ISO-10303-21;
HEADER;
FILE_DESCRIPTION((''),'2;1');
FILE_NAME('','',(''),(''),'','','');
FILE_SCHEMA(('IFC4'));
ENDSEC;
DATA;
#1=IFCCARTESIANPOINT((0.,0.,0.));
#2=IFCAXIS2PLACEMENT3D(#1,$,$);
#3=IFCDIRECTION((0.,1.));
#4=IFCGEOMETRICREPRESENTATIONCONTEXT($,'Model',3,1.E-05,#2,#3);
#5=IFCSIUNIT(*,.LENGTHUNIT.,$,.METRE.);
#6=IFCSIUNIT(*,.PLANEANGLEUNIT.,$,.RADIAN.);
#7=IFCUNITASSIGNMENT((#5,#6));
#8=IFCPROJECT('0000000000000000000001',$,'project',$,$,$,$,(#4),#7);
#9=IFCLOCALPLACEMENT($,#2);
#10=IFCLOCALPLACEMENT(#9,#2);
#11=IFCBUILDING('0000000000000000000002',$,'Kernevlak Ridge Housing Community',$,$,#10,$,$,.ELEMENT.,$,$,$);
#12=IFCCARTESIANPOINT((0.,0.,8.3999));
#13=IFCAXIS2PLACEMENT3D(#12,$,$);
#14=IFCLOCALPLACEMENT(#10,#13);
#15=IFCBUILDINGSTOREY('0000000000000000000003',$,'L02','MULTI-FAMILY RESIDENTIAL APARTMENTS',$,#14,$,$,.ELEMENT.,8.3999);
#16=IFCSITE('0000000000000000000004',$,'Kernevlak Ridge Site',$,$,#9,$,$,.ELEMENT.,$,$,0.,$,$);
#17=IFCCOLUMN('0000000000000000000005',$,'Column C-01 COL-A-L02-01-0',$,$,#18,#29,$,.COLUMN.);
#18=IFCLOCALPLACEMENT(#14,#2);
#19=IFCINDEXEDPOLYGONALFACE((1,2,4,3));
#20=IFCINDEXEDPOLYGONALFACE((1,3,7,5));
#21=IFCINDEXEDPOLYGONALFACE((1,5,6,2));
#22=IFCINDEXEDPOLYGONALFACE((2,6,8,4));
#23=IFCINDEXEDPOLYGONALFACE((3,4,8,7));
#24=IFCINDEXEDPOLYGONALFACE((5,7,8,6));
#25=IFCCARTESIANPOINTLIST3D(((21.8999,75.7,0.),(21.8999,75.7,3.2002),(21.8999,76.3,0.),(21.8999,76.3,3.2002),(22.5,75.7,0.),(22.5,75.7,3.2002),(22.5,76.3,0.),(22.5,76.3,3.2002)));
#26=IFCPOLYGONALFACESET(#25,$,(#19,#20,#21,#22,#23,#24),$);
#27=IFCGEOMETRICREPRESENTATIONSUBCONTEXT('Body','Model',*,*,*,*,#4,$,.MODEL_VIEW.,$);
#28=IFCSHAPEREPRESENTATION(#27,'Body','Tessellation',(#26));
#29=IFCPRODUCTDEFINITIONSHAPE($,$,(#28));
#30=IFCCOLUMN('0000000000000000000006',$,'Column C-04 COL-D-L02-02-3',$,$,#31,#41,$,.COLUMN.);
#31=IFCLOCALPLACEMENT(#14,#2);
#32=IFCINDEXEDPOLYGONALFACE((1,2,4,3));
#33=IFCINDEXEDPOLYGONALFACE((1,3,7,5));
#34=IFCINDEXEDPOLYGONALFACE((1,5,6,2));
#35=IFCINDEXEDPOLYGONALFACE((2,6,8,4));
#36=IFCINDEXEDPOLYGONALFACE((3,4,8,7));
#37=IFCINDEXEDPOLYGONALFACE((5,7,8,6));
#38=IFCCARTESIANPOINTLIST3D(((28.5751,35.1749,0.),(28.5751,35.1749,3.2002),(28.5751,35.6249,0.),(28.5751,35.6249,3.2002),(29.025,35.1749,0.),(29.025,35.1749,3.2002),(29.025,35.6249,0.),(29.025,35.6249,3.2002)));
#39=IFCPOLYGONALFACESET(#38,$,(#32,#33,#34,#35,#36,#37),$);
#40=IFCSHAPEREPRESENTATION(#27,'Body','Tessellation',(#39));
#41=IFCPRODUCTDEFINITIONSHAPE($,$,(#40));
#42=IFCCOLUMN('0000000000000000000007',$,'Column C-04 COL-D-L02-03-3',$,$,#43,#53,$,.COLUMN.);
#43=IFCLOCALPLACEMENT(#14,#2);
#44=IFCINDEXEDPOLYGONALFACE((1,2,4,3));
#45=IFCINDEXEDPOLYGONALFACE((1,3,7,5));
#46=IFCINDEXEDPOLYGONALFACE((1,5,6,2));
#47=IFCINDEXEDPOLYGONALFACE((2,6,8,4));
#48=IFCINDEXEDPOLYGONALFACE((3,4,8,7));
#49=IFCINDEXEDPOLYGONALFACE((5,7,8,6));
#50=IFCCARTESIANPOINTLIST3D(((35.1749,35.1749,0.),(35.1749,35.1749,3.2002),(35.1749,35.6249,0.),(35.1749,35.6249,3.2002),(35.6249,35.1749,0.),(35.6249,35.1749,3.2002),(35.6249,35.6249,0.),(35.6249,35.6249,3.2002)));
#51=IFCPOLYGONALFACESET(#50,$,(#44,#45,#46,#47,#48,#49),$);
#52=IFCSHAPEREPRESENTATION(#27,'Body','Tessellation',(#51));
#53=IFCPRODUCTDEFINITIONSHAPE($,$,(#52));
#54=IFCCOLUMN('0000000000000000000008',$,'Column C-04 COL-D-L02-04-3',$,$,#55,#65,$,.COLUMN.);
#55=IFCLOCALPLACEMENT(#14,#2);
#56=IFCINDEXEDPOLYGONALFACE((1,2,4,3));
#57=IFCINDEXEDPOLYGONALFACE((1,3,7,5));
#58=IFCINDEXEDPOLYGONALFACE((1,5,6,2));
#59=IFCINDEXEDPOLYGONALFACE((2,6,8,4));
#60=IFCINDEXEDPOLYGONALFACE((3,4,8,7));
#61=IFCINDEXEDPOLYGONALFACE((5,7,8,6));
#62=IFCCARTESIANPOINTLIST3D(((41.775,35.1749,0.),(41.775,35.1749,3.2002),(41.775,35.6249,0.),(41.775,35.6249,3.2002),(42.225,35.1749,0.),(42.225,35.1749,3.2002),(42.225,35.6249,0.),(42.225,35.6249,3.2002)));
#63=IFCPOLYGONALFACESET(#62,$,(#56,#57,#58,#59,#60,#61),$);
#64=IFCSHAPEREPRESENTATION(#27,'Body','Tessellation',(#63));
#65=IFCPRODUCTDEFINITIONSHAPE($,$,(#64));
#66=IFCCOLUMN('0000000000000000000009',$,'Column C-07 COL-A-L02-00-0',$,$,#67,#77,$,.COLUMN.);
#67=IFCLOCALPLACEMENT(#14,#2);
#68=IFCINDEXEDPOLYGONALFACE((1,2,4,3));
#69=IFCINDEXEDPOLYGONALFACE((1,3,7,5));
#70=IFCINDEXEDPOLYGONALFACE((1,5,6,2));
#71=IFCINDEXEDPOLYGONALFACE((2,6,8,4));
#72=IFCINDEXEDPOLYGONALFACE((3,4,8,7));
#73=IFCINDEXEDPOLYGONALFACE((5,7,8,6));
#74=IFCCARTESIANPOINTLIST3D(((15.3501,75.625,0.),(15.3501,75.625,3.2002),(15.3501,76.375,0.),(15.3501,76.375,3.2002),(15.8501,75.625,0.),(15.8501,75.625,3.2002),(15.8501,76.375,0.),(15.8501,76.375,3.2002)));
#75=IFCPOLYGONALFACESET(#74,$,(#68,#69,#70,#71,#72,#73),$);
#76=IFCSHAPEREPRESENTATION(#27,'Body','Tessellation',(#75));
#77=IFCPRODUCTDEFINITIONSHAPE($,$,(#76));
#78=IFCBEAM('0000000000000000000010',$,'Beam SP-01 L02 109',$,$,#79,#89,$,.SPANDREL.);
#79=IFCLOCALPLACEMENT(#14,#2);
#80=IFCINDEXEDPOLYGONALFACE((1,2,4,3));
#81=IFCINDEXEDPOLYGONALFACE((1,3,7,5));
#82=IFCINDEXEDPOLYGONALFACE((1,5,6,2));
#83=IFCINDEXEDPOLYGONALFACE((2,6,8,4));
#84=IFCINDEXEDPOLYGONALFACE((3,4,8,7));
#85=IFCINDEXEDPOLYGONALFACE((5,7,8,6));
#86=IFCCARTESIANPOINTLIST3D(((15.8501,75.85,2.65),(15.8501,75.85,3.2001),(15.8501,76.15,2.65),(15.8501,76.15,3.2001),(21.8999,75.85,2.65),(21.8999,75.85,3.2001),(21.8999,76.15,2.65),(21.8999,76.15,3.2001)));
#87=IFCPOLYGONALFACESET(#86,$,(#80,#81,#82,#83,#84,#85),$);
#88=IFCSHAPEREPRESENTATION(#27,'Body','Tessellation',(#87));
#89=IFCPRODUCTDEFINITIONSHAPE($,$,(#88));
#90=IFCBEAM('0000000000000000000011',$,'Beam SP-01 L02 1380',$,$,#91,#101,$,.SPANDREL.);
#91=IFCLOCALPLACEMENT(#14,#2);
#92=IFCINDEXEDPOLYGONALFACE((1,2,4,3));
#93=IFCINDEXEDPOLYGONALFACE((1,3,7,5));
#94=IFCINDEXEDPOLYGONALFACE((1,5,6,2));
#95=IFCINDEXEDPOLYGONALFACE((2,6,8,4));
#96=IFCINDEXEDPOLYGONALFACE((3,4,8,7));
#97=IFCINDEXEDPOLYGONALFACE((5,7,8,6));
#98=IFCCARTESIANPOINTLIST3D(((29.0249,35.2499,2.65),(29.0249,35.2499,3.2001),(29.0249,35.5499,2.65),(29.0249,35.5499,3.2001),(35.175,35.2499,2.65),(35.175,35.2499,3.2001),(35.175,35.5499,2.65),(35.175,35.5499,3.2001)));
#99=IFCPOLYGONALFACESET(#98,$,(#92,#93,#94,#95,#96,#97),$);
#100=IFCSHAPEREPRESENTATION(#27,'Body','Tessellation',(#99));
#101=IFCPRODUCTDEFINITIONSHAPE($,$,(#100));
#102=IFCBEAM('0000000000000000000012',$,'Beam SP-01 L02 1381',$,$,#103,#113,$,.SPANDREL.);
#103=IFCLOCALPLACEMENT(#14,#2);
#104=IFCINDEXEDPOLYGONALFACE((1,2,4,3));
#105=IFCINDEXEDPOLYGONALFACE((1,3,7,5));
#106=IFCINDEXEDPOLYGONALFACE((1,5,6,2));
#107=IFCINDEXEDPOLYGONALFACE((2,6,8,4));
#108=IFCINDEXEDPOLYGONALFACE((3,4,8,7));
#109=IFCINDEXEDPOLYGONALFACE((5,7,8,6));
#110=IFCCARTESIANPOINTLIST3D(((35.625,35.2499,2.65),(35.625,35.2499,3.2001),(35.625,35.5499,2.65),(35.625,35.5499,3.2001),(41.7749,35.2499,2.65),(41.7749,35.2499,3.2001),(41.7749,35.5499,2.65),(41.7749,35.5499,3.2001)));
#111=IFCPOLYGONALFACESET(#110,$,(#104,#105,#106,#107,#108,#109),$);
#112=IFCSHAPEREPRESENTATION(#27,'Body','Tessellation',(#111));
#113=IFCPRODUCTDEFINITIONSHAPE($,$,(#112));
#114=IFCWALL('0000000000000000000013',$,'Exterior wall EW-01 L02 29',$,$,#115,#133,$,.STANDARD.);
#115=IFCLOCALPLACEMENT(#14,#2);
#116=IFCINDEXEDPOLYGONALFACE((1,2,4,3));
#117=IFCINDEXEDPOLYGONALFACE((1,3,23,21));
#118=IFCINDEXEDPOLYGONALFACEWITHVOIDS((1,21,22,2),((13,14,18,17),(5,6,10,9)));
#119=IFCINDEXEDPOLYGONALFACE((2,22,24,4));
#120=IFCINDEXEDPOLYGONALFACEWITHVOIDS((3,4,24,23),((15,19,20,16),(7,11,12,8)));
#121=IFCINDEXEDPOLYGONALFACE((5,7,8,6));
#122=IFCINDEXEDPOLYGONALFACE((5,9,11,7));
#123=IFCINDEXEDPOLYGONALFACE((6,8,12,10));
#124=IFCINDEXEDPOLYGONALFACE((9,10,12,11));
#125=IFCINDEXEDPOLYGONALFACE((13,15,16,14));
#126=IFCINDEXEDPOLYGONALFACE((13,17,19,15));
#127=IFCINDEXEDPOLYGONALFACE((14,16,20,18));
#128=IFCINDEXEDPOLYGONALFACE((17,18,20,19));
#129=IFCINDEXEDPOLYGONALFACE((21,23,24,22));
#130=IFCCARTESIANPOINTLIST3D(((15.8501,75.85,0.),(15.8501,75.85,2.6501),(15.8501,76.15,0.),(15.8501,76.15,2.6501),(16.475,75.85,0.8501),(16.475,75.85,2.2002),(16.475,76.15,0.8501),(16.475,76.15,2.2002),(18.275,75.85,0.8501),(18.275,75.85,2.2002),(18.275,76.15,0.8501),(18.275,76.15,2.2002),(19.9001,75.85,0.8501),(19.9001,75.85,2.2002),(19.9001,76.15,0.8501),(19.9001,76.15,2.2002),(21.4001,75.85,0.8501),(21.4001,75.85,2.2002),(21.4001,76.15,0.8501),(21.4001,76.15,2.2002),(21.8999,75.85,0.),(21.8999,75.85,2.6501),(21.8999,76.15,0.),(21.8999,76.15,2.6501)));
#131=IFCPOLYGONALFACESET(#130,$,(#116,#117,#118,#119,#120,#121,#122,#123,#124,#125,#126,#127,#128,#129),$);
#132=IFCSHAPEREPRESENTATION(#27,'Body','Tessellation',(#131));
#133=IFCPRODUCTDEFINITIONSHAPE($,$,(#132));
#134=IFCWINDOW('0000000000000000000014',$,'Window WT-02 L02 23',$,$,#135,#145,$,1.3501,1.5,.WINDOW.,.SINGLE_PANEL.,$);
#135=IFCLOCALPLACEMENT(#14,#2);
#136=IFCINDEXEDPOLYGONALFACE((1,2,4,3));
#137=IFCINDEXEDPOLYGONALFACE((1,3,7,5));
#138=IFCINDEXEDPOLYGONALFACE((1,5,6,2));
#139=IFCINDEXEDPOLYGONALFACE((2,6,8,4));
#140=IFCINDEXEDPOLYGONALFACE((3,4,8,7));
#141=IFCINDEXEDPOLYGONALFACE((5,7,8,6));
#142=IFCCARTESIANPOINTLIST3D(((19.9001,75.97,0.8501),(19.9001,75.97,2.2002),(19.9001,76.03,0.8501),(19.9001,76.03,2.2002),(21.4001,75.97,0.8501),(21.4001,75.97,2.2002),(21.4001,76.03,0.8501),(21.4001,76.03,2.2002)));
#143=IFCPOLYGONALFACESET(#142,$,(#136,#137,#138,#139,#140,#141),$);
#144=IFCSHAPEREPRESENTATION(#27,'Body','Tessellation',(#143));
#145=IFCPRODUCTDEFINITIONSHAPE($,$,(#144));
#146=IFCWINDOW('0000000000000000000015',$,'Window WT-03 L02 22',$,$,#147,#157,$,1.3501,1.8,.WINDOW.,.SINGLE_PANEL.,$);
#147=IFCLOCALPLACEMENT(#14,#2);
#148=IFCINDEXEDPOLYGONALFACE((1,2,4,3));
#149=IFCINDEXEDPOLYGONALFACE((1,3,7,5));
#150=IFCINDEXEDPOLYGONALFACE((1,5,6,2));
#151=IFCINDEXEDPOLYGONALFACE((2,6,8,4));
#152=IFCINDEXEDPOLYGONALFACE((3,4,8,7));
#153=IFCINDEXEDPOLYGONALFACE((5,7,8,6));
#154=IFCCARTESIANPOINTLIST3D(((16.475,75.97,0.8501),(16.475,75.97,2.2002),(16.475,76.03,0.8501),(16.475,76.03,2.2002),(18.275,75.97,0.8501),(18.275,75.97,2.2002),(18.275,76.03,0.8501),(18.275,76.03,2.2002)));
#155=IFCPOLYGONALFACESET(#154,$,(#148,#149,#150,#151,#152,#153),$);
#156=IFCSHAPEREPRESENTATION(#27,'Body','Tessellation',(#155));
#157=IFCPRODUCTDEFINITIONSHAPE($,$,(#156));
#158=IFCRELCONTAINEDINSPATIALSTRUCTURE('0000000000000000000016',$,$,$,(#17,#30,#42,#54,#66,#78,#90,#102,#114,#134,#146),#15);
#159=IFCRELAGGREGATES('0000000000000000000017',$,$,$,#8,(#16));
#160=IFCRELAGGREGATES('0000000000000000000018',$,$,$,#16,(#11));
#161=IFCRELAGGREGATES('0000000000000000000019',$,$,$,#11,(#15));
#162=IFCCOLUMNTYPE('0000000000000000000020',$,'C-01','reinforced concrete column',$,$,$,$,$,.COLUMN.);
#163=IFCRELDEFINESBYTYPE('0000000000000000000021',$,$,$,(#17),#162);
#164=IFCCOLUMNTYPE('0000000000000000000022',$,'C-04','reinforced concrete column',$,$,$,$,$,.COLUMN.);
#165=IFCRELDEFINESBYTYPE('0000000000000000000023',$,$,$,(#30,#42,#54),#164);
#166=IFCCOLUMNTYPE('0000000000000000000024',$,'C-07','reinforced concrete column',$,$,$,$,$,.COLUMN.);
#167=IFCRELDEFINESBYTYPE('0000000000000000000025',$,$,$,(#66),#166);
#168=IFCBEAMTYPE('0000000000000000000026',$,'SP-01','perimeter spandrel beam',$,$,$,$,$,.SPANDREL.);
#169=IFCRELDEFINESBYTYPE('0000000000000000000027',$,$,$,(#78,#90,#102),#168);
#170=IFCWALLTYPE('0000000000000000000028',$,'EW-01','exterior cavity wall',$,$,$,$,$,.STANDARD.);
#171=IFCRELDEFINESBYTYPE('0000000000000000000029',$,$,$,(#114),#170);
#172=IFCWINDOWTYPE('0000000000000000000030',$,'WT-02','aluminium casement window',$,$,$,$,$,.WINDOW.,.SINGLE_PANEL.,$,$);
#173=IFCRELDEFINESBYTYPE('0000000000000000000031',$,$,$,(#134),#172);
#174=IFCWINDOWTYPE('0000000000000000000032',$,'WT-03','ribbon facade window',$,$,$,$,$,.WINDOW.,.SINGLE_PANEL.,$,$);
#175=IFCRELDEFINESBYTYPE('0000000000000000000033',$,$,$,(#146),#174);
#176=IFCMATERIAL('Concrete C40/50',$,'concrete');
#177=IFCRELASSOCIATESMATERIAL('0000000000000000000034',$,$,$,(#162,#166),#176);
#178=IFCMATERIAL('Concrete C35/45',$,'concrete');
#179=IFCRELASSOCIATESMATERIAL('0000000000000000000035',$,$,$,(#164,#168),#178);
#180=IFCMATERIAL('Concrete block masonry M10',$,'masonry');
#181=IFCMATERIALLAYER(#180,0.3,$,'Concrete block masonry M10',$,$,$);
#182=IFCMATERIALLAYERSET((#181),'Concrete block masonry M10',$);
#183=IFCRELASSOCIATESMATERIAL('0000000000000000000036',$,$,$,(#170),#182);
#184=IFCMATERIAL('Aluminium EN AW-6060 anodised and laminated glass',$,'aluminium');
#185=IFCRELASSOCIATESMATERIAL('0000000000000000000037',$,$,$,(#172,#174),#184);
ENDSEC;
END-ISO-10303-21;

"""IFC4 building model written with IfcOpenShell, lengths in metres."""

from ifc_helpers import new_model, si_unit, direction, frame, frame_2d, origin, origin_2d, place, context, subcontext, project, spatial, rectangle, extrude, material, layer, layer_set, material_profile, profile_set, type_object, element, fill, save


model = new_model("IFC4")

# Units and contexts
model_context = context("Model", 3, precision=1e-05, world=origin(), true_north=direction((0.0, 1.0)))
body_context = subcontext(model_context, "Body", "Model", "MODEL_VIEW")
ifc_project = project(units=[si_unit("LENGTHUNIT", "METRE"), si_unit("PLANEANGLEUNIT", "RADIAN")], contexts=[model_context])

# Site, building, storey
site_placement = place(None, origin())
site = spatial("IfcSite", under=ifc_project, at=site_placement, Name="Kernevlak Ridge Site", CompositionType="ELEMENT", RefElevation=0.0)
building_placement = place(site_placement, origin())
building = spatial("IfcBuilding", under=site, at=building_placement, Name="Kernevlak Ridge Housing Community", CompositionType="ELEMENT")
storey_placement = place(building_placement, frame((0.0, 0.0, 8.3999)))
storey = spatial("IfcBuildingStorey", under=building, at=storey_placement, Name="L02", Description="MULTI-FAMILY RESIDENTIAL APARTMENTS", CompositionType="ELEMENT", Elevation=8.3999)

# Columns
ifc_material_1 = material(Name="Concrete C40/50", Category="concrete")
ifc_material_profile_1 = material_profile(ifc_material_1, rectangle(XDim=0.6001, YDim=0.6001, at=origin_2d()), Name="RC 600x600")
ifc_profile_set_1 = profile_set([ifc_material_profile_1], Name="Concrete C40/50")
column_type_1 = type_object("IfcColumnType", Name="C-01", Description="reinforced concrete column", PredefinedType="COLUMN", material=ifc_profile_set_1)
column_1_placement = place(storey_placement, frame((22.2, 76.0, 0.0), z_axis=(0.0, 0.0, 1.0), x_axis=(1.0, 0.0, 0.0)))
element("IfcColumn", 1, at=column_1_placement, inside=storey, type_object=column_type_1, Name="Column C-01 COL-A-L02-01-0", PredefinedType="COLUMN", context=body_context, shape_type="SweptSolid", body=[
    extrude(rectangle(XDim=0.6001, YDim=0.6001, at=origin_2d()), origin(), (0.0, 0.0, 1.0), 3.2002),
])
ifc_material_2 = material(Name="Concrete C35/45", Category="concrete")
ifc_material_profile_2 = material_profile(ifc_material_2, rectangle(XDim=0.45, YDim=0.45, at=origin_2d()), Name="RC 450x450")
ifc_profile_set_2 = profile_set([ifc_material_profile_2], Name="Concrete C35/45")
column_type_2 = type_object("IfcColumnType", Name="C-04", Description="reinforced concrete column", PredefinedType="COLUMN", material=ifc_profile_set_2)
for number, where, z_axis, x_axis, name in (
    (2, (28.8, 35.3999, 0.0), (0.0, 0.0, 1.0), (1.0, 0.0, 0.0), "Column C-04 COL-D-L02-02-3"),
    (3, (35.3999, 35.3999, 0.0), (0.0, 0.0, 1.0), (1.0, 0.0, 0.0), "Column C-04 COL-D-L02-03-3"),
    (4, (42.0, 35.3999, 0.0), (0.0, 0.0, 1.0), (1.0, 0.0, 0.0), "Column C-04 COL-D-L02-04-3"),
):
    element("IfcColumn", number, at=place(storey_placement, frame(where, z_axis=z_axis, x_axis=x_axis)), inside=storey, type_object=column_type_2, Name=name, PredefinedType="COLUMN", context=body_context, shape_type="SweptSolid", body=[
        extrude(rectangle(XDim=0.45, YDim=0.45, at=origin_2d()), origin(), (0.0, 0.0, 1.0), 3.2002),
    ])
ifc_material_profile_3 = material_profile(ifc_material_1, rectangle(XDim=0.5, YDim=0.75, at=origin_2d()), Name="RC 500x750")
ifc_profile_set_3 = profile_set([ifc_material_profile_3], Name="Concrete C40/50")
column_type_3 = type_object("IfcColumnType", Name="C-07", Description="reinforced concrete column", PredefinedType="COLUMN", material=ifc_profile_set_3)
column_2_placement = place(storey_placement, frame((15.6001, 76.0, 0.0), z_axis=(0.0, 0.0, 1.0), x_axis=(1.0, 0.0, 0.0)))
element("IfcColumn", 5, at=column_2_placement, inside=storey, type_object=column_type_3, Name="Column C-07 COL-A-L02-00-0", PredefinedType="COLUMN", context=body_context, shape_type="SweptSolid", body=[
    extrude(rectangle(XDim=0.5, YDim=0.75, at=origin_2d()), origin(), (0.0, 0.0, 1.0), 3.2002),
])

# Beams
ifc_material_profile_4 = material_profile(ifc_material_2, rectangle(XDim=0.3, YDim=0.55, at=origin_2d()), Name="RC 300x550")
ifc_profile_set_4 = profile_set([ifc_material_profile_4], Name="Concrete C35/45")
beam_type = type_object("IfcBeamType", Name="SP-01", Description="perimeter spandrel beam", PredefinedType="SPANDREL", material=ifc_profile_set_4)
beam_1_placement = place(storey_placement, frame((15.8501, 76.0, 2.925), z_axis=(1.0, 0.0, 0.0), x_axis=(0.0, 1.0, 0.0)))
element("IfcBeam", 6, at=beam_1_placement, inside=storey, type_object=beam_type, Name="Beam SP-01 L02 109", PredefinedType="SPANDREL", context=body_context, shape_type="SweptSolid", body=[
    extrude(rectangle(XDim=0.3, YDim=0.55, at=origin_2d()), origin(), (0.0, 0.0, 1.0), 6.0498),
])
beam_2_placement = place(storey_placement, frame((29.0249, 35.3999, 2.925), z_axis=(1.0, 0.0, 0.0), x_axis=(0.0, 1.0, 0.0)))
element("IfcBeam", 7, at=beam_2_placement, inside=storey, type_object=beam_type, Name="Beam SP-01 L02 1380", PredefinedType="SPANDREL", context=body_context, shape_type="SweptSolid", body=[
    extrude(rectangle(XDim=0.3, YDim=0.55, at=origin_2d()), origin(), (0.0, 0.0, 1.0), 6.1501),
])
beam_3_placement = place(storey_placement, frame((35.625, 35.3999, 2.925), z_axis=(1.0, 0.0, 0.0), x_axis=(0.0, 1.0, 0.0)))
element("IfcBeam", 8, at=beam_3_placement, inside=storey, type_object=beam_type, Name="Beam SP-01 L02 1381", PredefinedType="SPANDREL", context=body_context, shape_type="SweptSolid", body=[
    extrude(rectangle(XDim=0.3, YDim=0.55, at=origin_2d()), origin(), (0.0, 0.0, 1.0), 6.1499),
])

# Wall, openings, windows
ifc_material_3 = material(Name="Concrete block masonry M10", Category="masonry")
ifc_layer_1 = layer(ifc_material_3, 0.3, Name="Concrete block masonry M10")
ifc_layer_set_1 = layer_set([ifc_layer_1], Name="Concrete block masonry M10")
wall_type = type_object("IfcWallType", Name="EW-01", Description="exterior cavity wall", PredefinedType="STANDARD", material=ifc_layer_set_1)
wall_1_placement = place(storey_placement, frame((15.8501, 76.0, 0.0), z_axis=(0.0, 0.0, 1.0), x_axis=(1.0, 0.0, 0.0)))
wall_1 = element("IfcWall", 9, at=wall_1_placement, inside=storey, type_object=wall_type, Name="Exterior wall EW-01 L02 29", PredefinedType="STANDARD", context=body_context, shape_type="SweptSolid", body=[
    extrude(rectangle(XDim=6.0498, YDim=0.3, at=frame_2d((3.0249, 0.0))), origin(), (0.0, 0.0, 1.0), 2.6501),
])
opening_1_placement = place(wall_1_placement, frame((0.625, 0.0, 0.8501)))
opening_1 = element("IfcOpeningElement", 10, at=opening_1_placement, cuts=wall_1, PredefinedType="OPENING", context=body_context, shape_type="SweptSolid", body=[
    extrude(rectangle(XDim=1.8, YDim=1.3501, at=frame_2d((0.8999, 0.675))), frame((0.0, 0.1599, 0.0), z_axis=(0.0, -1.0, 0.0), x_axis=(1.0, 0.0, 0.0)), (0.0, 0.0, 1.0), 0.3201),
])
opening_2_placement = place(wall_1_placement, frame((4.05, 0.0, 0.8501)))
opening_2 = element("IfcOpeningElement", 11, at=opening_2_placement, cuts=wall_1, PredefinedType="OPENING", context=body_context, shape_type="SweptSolid", body=[
    extrude(rectangle(XDim=1.5, YDim=1.3501, at=frame_2d((0.75, 0.675))), frame((0.0, 0.1599, 0.0), z_axis=(0.0, -1.0, 0.0), x_axis=(1.0, 0.0, 0.0)), (0.0, 0.0, 1.0), 0.3201),
])
ifc_material_4 = material(Name="Aluminium EN AW-6060 anodised and laminated glass", Category="aluminium")
window_type_1 = type_object("IfcWindowType", Name="WT-02", Description="aluminium casement window", PartitioningType="SINGLE_PANEL", PredefinedType="WINDOW", material=ifc_material_4)
window_1_placement = place(opening_2_placement, origin())
window_1 = element("IfcWindow", 12, at=window_1_placement, inside=storey, type_object=window_type_1, Name="Window WT-02 L02 23", OverallHeight=1.3501, OverallWidth=1.5, PartitioningType="SINGLE_PANEL", PredefinedType="WINDOW", context=body_context, shape_type="SweptSolid", body=[
    extrude(rectangle(XDim=1.5, YDim=1.3501, at=frame_2d((0.75, 0.675))), frame((0.0, 0.03, 0.0), z_axis=(0.0, -1.0, 0.0), x_axis=(1.0, 0.0, 0.0)), (0.0, 0.0, 1.0), 0.0601),
])
fill(opening_2, window_1)
window_type_2 = type_object("IfcWindowType", Name="WT-03", Description="ribbon facade window", PartitioningType="SINGLE_PANEL", PredefinedType="WINDOW", material=ifc_material_4)
window_2_placement = place(opening_1_placement, origin())
window_2 = element("IfcWindow", 13, at=window_2_placement, inside=storey, type_object=window_type_2, Name="Window WT-03 L02 22", OverallHeight=1.3501, OverallWidth=1.8, PartitioningType="SINGLE_PANEL", PredefinedType="WINDOW", context=body_context, shape_type="SweptSolid", body=[
    extrude(rectangle(XDim=1.8, YDim=1.3501, at=frame_2d((0.8999, 0.675))), frame((0.0, 0.03, 0.0), z_axis=(0.0, -1.0, 0.0), x_axis=(1.0, 0.0, 0.0)), (0.0, 0.0, 1.0), 0.0601),
])
fill(opening_1, window_2)

save(model, "model.ifc")
